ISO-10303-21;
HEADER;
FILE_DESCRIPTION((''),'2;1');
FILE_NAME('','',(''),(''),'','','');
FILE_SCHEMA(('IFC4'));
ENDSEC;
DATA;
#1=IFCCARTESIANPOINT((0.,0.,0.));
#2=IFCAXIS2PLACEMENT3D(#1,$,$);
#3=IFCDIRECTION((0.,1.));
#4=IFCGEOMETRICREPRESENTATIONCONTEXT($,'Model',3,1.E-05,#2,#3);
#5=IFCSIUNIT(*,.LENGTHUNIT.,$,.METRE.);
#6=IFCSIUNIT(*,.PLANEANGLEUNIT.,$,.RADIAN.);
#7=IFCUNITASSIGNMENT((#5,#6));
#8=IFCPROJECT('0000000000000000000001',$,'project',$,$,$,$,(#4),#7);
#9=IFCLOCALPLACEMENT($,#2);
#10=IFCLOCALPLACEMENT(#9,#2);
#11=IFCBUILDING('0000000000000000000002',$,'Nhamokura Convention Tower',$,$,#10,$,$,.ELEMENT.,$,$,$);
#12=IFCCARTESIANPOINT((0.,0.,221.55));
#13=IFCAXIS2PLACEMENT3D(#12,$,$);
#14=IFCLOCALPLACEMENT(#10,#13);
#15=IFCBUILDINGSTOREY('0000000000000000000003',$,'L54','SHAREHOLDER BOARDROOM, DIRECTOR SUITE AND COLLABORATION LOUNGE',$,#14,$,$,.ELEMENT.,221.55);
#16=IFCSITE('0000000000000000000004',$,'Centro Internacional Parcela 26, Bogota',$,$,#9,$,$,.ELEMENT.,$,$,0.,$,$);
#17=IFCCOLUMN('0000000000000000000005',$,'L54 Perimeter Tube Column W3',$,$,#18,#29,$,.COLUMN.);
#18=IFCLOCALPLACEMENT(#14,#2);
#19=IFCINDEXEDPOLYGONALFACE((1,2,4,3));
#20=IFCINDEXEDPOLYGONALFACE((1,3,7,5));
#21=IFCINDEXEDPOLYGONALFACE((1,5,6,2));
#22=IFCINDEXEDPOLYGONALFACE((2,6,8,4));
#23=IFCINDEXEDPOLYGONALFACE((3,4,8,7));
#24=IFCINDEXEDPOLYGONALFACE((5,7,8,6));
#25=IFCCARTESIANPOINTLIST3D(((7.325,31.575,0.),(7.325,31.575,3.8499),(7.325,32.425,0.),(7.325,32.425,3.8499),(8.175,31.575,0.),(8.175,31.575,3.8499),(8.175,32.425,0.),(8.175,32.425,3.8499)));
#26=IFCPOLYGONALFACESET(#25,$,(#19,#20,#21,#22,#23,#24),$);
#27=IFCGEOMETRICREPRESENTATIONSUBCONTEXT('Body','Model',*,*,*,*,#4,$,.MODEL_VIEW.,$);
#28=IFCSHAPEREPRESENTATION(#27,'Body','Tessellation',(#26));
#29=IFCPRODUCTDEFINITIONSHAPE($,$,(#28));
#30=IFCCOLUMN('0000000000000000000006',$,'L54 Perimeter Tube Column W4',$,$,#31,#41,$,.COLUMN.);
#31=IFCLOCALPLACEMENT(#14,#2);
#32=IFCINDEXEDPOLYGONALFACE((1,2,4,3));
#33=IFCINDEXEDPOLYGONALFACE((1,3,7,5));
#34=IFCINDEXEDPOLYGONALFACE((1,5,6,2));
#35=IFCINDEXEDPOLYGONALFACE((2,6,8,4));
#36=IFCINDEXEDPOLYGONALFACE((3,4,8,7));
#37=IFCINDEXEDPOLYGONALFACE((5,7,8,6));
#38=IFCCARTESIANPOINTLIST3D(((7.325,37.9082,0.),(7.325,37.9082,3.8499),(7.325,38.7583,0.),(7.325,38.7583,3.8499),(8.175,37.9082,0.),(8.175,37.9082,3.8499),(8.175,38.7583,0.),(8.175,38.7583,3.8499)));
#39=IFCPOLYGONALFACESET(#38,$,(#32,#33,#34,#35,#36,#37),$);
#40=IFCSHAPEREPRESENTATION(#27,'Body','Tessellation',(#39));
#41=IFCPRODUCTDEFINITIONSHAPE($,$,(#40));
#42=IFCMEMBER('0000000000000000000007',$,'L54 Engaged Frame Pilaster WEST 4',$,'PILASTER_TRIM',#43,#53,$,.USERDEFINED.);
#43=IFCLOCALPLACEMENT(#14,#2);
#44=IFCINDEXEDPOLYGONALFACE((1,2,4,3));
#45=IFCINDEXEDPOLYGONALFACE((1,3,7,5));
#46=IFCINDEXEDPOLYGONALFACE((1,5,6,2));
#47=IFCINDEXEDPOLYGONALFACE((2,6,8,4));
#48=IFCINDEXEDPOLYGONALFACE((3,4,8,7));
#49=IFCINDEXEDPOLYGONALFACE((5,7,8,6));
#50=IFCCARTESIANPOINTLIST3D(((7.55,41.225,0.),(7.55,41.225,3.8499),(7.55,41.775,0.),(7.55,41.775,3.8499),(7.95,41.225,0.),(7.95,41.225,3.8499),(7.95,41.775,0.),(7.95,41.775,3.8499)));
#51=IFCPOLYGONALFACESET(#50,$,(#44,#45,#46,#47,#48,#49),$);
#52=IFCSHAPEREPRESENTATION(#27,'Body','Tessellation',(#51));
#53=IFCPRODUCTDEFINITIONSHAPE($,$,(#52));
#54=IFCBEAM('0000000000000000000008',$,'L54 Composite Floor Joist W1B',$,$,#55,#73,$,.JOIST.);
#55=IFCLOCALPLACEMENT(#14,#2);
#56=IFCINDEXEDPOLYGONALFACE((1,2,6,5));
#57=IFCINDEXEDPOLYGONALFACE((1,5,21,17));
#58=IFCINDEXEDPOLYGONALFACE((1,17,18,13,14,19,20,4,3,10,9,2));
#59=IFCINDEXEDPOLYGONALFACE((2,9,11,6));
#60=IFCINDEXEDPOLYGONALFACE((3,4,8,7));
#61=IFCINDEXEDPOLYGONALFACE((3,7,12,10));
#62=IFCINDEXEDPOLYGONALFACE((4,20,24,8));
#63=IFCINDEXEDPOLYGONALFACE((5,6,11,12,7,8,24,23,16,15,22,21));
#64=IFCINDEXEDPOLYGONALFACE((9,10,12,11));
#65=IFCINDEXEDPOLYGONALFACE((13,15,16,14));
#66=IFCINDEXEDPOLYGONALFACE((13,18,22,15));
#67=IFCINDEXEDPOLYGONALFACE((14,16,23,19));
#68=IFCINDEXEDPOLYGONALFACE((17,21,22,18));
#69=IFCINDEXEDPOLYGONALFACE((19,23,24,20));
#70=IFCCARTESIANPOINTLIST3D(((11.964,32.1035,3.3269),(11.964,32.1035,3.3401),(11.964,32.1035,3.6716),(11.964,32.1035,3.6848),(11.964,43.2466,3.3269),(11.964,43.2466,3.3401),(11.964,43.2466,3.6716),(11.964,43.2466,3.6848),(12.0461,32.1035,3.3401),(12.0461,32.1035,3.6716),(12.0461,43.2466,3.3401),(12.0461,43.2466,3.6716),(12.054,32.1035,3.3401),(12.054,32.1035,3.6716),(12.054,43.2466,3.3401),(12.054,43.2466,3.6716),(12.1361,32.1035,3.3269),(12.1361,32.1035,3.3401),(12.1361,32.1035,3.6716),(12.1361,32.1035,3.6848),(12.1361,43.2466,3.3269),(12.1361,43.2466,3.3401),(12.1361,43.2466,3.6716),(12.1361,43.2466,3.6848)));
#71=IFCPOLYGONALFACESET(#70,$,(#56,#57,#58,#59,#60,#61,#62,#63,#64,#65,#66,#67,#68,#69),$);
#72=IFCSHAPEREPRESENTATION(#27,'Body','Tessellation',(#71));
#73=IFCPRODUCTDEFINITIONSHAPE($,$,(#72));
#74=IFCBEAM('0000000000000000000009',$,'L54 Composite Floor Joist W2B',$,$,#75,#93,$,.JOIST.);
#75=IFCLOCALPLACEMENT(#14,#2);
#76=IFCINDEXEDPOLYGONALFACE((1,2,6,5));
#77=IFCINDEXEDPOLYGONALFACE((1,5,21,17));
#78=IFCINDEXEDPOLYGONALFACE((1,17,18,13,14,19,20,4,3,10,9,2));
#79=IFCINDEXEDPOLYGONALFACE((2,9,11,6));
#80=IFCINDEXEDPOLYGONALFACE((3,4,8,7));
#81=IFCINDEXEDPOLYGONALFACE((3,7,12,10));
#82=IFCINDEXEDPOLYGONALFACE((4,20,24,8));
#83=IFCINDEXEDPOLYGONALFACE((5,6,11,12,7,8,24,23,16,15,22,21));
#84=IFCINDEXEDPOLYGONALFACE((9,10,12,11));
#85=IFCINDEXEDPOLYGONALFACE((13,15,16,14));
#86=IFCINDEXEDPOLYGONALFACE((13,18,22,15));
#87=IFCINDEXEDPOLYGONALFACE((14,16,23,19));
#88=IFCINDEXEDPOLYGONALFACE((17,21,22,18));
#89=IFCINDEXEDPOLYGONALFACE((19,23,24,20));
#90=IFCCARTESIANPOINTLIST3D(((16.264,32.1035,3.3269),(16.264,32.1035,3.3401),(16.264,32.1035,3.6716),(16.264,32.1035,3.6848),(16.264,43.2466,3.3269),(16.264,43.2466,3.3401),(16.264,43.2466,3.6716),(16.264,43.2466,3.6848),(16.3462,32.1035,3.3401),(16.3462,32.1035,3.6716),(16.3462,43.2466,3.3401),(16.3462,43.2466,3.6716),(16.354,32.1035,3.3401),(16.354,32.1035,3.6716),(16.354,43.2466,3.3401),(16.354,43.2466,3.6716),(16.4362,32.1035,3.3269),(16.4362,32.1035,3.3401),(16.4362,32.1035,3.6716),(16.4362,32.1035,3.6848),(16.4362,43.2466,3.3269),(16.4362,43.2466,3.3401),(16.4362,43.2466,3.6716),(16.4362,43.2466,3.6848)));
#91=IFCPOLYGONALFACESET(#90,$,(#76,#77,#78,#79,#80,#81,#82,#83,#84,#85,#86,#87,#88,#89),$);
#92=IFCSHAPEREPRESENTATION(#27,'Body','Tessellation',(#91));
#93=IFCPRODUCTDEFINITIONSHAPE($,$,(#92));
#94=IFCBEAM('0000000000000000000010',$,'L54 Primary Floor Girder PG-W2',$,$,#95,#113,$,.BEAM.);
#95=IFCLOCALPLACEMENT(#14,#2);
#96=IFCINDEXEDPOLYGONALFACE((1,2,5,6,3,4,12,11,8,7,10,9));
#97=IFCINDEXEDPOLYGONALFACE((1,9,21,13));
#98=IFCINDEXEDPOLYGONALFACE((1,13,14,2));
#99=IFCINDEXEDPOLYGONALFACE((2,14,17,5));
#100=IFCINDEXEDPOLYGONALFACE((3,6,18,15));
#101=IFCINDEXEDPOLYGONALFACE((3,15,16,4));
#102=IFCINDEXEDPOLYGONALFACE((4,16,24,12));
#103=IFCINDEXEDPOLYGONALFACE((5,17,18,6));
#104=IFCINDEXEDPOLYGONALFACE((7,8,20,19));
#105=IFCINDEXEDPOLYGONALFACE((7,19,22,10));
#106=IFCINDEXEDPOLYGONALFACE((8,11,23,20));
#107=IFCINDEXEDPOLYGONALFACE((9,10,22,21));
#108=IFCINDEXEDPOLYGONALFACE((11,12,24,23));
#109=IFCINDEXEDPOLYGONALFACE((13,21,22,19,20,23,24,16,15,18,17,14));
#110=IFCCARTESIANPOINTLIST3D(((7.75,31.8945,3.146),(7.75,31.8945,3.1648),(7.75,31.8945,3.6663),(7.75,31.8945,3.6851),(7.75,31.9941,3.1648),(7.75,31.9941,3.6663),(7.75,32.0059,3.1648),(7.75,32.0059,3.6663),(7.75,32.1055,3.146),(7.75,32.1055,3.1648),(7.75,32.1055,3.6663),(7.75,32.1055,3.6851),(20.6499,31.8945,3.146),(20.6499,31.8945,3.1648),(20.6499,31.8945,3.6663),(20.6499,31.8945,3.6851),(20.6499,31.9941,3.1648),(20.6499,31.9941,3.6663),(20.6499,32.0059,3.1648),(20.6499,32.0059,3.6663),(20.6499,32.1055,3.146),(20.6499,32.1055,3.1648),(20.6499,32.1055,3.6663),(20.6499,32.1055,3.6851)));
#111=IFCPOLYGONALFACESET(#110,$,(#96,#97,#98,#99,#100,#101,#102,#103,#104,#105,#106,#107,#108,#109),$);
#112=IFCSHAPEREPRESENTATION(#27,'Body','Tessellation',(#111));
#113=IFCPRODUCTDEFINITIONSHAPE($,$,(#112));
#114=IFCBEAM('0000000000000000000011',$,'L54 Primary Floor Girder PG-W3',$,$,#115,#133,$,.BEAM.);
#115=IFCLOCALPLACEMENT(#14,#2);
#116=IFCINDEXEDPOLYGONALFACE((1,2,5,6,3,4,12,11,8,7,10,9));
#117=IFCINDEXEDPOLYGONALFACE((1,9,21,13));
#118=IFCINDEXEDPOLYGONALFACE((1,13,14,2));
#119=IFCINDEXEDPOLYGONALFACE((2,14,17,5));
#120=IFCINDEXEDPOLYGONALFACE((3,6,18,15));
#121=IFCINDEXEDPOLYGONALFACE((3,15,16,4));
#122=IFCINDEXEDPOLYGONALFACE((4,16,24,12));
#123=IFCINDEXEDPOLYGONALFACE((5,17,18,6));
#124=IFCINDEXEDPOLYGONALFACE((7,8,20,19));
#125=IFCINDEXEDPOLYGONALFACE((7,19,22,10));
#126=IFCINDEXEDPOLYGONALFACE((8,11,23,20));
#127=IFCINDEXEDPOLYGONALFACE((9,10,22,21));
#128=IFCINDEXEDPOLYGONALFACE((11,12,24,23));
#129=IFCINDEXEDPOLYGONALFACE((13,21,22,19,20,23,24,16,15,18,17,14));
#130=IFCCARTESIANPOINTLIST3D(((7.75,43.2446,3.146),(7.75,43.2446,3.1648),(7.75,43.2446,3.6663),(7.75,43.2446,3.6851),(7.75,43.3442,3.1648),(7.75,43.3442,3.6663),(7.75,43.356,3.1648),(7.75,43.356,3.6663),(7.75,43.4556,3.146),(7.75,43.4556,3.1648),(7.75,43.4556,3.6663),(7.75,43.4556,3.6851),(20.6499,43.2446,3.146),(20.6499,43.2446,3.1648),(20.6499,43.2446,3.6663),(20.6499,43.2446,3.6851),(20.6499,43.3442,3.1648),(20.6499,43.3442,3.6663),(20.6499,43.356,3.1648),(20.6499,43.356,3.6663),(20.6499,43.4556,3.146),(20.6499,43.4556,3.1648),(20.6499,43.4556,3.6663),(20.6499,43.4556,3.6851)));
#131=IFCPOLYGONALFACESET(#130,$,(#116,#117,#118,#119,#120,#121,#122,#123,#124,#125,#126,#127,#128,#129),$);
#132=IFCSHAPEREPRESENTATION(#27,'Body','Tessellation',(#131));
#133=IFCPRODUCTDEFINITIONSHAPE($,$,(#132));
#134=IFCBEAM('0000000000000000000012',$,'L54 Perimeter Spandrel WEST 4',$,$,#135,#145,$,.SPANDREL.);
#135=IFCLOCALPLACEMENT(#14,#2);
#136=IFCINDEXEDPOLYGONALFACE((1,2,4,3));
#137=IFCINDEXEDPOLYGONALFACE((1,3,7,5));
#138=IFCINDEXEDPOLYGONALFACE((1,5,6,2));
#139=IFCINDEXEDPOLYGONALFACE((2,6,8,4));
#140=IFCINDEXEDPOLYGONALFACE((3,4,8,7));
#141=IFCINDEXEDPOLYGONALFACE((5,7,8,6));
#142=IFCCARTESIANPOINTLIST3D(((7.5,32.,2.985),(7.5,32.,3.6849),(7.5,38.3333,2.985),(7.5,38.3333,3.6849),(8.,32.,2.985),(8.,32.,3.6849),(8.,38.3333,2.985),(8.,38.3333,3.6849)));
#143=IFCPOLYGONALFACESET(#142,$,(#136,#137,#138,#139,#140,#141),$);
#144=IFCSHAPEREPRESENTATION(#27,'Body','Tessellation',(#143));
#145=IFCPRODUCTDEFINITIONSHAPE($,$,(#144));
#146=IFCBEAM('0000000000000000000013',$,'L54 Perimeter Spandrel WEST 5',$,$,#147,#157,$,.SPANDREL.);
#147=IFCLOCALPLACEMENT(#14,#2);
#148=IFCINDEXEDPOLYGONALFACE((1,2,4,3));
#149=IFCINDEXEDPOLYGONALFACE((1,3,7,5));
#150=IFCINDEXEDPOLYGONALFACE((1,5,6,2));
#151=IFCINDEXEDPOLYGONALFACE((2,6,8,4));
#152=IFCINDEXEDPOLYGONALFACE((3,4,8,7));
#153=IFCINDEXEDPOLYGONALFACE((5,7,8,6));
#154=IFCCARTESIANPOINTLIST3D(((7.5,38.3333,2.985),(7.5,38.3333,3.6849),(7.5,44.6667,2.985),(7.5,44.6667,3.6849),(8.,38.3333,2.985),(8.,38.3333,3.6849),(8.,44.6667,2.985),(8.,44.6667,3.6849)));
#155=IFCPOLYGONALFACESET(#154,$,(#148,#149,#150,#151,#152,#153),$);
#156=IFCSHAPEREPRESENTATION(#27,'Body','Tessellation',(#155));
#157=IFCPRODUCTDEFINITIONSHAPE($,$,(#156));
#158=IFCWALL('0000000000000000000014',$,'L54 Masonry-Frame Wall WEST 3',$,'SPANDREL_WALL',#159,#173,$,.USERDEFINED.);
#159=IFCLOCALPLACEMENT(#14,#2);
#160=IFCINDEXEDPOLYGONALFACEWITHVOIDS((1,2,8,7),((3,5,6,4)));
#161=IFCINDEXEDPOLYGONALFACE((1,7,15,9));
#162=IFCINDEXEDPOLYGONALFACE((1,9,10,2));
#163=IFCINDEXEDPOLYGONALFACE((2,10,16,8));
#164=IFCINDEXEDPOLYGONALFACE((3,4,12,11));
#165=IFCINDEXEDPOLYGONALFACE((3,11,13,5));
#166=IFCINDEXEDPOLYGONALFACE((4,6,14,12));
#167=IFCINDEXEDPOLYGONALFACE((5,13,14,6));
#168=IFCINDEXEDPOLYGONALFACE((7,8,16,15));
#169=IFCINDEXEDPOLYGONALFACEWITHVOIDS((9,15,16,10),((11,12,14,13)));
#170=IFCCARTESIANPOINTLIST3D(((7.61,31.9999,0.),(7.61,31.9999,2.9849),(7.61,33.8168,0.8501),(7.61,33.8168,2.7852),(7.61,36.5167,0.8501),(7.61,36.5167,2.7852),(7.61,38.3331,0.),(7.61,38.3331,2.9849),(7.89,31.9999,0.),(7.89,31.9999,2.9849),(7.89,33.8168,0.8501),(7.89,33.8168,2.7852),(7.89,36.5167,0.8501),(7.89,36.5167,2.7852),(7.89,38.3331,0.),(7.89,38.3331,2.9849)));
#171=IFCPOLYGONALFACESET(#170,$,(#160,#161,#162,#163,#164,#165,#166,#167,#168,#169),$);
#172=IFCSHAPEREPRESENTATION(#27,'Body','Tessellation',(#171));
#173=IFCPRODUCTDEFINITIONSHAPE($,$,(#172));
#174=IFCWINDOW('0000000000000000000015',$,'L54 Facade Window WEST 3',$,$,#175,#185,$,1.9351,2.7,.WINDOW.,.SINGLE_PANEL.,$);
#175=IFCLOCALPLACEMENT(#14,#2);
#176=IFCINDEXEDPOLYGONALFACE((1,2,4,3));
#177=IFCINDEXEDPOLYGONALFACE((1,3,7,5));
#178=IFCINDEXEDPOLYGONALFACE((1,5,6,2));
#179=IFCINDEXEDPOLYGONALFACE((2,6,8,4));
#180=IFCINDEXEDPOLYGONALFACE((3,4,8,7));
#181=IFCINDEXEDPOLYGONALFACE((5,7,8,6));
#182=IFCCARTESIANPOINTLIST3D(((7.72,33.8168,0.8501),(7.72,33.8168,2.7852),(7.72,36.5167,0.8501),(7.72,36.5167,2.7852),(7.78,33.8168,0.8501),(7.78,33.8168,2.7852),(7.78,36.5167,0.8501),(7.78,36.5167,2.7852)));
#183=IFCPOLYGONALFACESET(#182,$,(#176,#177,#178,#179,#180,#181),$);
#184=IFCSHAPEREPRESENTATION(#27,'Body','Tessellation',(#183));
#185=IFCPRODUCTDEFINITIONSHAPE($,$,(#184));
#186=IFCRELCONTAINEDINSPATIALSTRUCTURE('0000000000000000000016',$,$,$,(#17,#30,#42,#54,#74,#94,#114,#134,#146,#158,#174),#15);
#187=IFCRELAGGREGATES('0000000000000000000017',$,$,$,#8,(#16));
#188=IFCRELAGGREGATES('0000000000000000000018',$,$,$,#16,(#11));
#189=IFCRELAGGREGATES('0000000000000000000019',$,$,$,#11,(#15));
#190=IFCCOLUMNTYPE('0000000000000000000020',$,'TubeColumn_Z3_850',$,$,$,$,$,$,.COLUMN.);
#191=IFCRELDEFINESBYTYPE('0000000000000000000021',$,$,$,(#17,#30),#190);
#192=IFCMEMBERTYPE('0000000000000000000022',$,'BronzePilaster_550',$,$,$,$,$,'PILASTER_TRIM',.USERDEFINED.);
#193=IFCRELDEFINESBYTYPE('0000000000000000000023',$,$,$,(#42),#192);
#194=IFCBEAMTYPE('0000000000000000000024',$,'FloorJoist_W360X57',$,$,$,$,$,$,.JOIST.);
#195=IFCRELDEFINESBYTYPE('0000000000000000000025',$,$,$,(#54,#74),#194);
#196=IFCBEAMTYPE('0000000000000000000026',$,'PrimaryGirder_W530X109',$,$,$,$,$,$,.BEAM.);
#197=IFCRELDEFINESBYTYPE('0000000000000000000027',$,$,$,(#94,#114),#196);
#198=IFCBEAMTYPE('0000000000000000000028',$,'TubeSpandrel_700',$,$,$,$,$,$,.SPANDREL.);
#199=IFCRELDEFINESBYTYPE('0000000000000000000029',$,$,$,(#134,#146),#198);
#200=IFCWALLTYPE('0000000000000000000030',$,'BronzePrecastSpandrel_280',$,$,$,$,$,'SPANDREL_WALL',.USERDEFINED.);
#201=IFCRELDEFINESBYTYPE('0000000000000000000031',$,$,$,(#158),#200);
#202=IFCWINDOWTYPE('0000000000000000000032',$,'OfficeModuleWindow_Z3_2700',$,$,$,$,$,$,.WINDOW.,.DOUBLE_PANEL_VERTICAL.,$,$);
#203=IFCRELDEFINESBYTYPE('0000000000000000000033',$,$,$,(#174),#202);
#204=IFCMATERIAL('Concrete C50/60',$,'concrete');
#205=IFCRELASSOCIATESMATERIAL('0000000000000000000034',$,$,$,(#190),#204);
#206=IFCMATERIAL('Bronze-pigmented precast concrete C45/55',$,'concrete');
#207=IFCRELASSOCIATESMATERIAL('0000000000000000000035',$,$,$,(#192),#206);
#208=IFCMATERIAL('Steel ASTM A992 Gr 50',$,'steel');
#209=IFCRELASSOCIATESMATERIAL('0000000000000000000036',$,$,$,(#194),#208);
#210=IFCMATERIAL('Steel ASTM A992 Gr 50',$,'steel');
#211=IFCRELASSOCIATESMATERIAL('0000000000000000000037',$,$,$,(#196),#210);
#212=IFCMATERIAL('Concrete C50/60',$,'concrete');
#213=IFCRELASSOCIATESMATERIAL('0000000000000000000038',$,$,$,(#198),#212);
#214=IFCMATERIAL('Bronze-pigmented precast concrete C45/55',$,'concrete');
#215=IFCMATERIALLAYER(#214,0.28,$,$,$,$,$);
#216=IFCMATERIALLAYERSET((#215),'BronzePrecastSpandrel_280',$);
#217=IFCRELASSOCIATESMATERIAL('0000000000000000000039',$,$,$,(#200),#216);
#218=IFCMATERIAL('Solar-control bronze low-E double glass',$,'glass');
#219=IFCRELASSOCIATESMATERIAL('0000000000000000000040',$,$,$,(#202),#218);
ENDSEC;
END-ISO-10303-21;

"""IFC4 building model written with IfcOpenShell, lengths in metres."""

from ifc_helpers import new_model, si_unit, direction, frame, frame_2d, origin, origin_2d, place, context, subcontext, project, spatial, rectangle, i_section, extrude, material, layer, layer_set, material_profile, profile_set, type_object, element, fill, save


model = new_model("IFC4")

# Units and contexts
model_context = context("Model", 3, precision=1e-05, world=origin(), true_north=direction((0.0, 1.0)))
body_context = subcontext(model_context, "Body", "Model", "MODEL_VIEW")
ifc_project = project(units=[si_unit("LENGTHUNIT", "METRE"), si_unit("PLANEANGLEUNIT", "RADIAN")], contexts=[model_context])

# Site, building, storey
site_placement = place(None, origin())
site = spatial("IfcSite", under=ifc_project, at=site_placement, Name="Centro Internacional Parcela 26, Bogota", CompositionType="ELEMENT", RefElevation=0.0)
building_placement = place(site_placement, origin())
building = spatial("IfcBuilding", under=site, at=building_placement, Name="Nhamokura Convention Tower", CompositionType="ELEMENT")
storey_placement = place(building_placement, frame((0.0, 0.0, 221.55)))
storey = spatial("IfcBuildingStorey", under=building, at=storey_placement, Name="L54", Description="SHAREHOLDER BOARDROOM, DIRECTOR SUITE AND COLLABORATION LOUNGE", CompositionType="ELEMENT", Elevation=221.55)

# Columns
ifc_material_1 = material(Name="Concrete C50/60", Category="concrete")
ifc_material_profile_1 = material_profile(ifc_material_1, rectangle(XDim=0.8501, YDim=0.8501, at=origin_2d()))
ifc_profile_set_1 = profile_set([ifc_material_profile_1], Name="Concrete C50/60")
column_type = type_object("IfcColumnType", Name="TubeColumn_Z3_850", PredefinedType="COLUMN", material=ifc_profile_set_1)
for number, where, z_axis, x_axis, name in (
    (1, (7.75, 32.0, 0.0), (0.0, 0.0, 1.0), (1.0, 0.0, 0.0), "L54 Perimeter Tube Column W3"),
    (2, (7.75, 38.3333, 0.0), (0.0, 0.0, 1.0), (1.0, 0.0, 0.0), "L54 Perimeter Tube Column W4"),
):
    element("IfcColumn", number, at=place(storey_placement, frame(where, z_axis=z_axis, x_axis=x_axis)), inside=storey, type_object=column_type, Name=name, PredefinedType="COLUMN", context=body_context, shape_type="SweptSolid", body=[
        extrude(rectangle(XDim=0.8501, YDim=0.8501, at=origin_2d()), origin(), (0.0, 0.0, 1.0), 3.8499),
    ])

# Member
ifc_material_2 = material(Name="Bronze-pigmented precast concrete C45/55", Category="concrete")
ifc_material_profile_2 = material_profile(ifc_material_2, rectangle(XDim=0.3999, YDim=0.55, at=origin_2d()))
ifc_profile_set_2 = profile_set([ifc_material_profile_2], Name="Bronze-pigmented precast concrete C45/55")
member_type = type_object("IfcMemberType", Name="BronzePilaster_550", ElementType="PILASTER_TRIM", PredefinedType="USERDEFINED", material=ifc_profile_set_2)
member_placement = place(storey_placement, frame((7.75, 41.5, 0.0), z_axis=(0.0, 0.0, 1.0), x_axis=(1.0, 0.0, 0.0)))
element("IfcMember", 3, at=member_placement, inside=storey, type_object=member_type, Name="L54 Engaged Frame Pilaster WEST 4", ObjectType="PILASTER_TRIM", PredefinedType="USERDEFINED", context=body_context, shape_type="SweptSolid", body=[
    extrude(rectangle(XDim=0.3999, YDim=0.55, at=origin_2d()), origin(), (0.0, 0.0, 1.0), 3.8499),
])

# Beams
ifc_material_3 = material(Name="Steel ASTM A992 Gr 50", Category="steel")
ifc_material_profile_3 = material_profile(ifc_material_3, i_section(OverallWidth=0.1721, OverallDepth=0.3579, WebThickness=0.0078, FlangeThickness=0.0132, at=origin_2d()))
ifc_profile_set_3 = profile_set([ifc_material_profile_3], Name="Steel ASTM A992 Gr 50")
beam_type_1 = type_object("IfcBeamType", Name="FloorJoist_W360X57", PredefinedType="JOIST", material=ifc_profile_set_3)
for number, where, z_axis, x_axis, name in (
    (4, (12.05, 32.1035, 3.5059), (0.0, 1.0, 0.0), (-1.0, 0.0, 0.0), "L54 Composite Floor Joist W1B"),
    (5, (16.3501, 32.1035, 3.5059), (0.0, 1.0, 0.0), (-1.0, 0.0, 0.0), "L54 Composite Floor Joist W2B"),
):
    element("IfcBeam", number, at=place(storey_placement, frame(where, z_axis=z_axis, x_axis=x_axis)), inside=storey, type_object=beam_type_1, Name=name, PredefinedType="JOIST", context=body_context, shape_type="SweptSolid", body=[
        extrude(i_section(OverallWidth=0.1721, OverallDepth=0.3579, WebThickness=0.0078, FlangeThickness=0.0132, at=origin_2d()), origin(), (0.0, 0.0, 1.0), 11.1431),
    ])
ifc_material_4 = material(Name="Steel ASTM A992 Gr 50", Category="steel")
ifc_material_profile_4 = material_profile(ifc_material_4, i_section(OverallWidth=0.2109, OverallDepth=0.5391, WebThickness=0.0117, FlangeThickness=0.0188, at=origin_2d()))
ifc_profile_set_4 = profile_set([ifc_material_profile_4], Name="Steel ASTM A992 Gr 50")
beam_type_2 = type_object("IfcBeamType", Name="PrimaryGirder_W530X109", PredefinedType="BEAM", material=ifc_profile_set_4)
for number, where, z_axis, x_axis, name in (
    (6, (7.75, 32.0, 3.4155), (1.0, 0.0, 0.0), (0.0, 1.0, 0.0), "L54 Primary Floor Girder PG-W2"),
    (7, (7.75, 43.3501, 3.4155), (1.0, 0.0, 0.0), (0.0, 1.0, 0.0), "L54 Primary Floor Girder PG-W3"),
):
    element("IfcBeam", number, at=place(storey_placement, frame(where, z_axis=z_axis, x_axis=x_axis)), inside=storey, type_object=beam_type_2, Name=name, PredefinedType="BEAM", context=body_context, shape_type="SweptSolid", body=[
        extrude(i_section(OverallWidth=0.2109, OverallDepth=0.5391, WebThickness=0.0117, FlangeThickness=0.0188, at=origin_2d()), origin(), (0.0, 0.0, 1.0), 12.8999),
    ])
ifc_material_5 = material(Name="Concrete C50/60", Category="concrete")
ifc_material_profile_5 = material_profile(ifc_material_5, rectangle(XDim=0.5, YDim=0.7, at=origin_2d()))
ifc_profile_set_5 = profile_set([ifc_material_profile_5], Name="Concrete C50/60")
beam_type_3 = type_object("IfcBeamType", Name="TubeSpandrel_700", PredefinedType="SPANDREL", material=ifc_profile_set_5)
beam_1_placement = place(storey_placement, frame((7.75, 32.0, 3.335), z_axis=(0.0, 1.0, 0.0), x_axis=(-1.0, 0.0, 0.0)))
element("IfcBeam", 8, at=beam_1_placement, inside=storey, type_object=beam_type_3, Name="L54 Perimeter Spandrel WEST 4", PredefinedType="SPANDREL", context=body_context, shape_type="SweptSolid", body=[
    extrude(rectangle(XDim=0.5, YDim=0.7, at=origin_2d()), origin(), (0.0, 0.0, 1.0), 6.3333),
])
beam_2_placement = place(storey_placement, frame((7.75, 38.3333, 3.335), z_axis=(0.0, 1.0, 0.0), x_axis=(-1.0, 0.0, 0.0)))
element("IfcBeam", 9, at=beam_2_placement, inside=storey, type_object=beam_type_3, Name="L54 Perimeter Spandrel WEST 5", PredefinedType="SPANDREL", context=body_context, shape_type="SweptSolid", body=[
    extrude(rectangle(XDim=0.5, YDim=0.7, at=origin_2d()), origin(), (0.0, 0.0, 1.0), 6.3335),
])

# Wall, opening, window
ifc_material_6 = material(Name="Bronze-pigmented precast concrete C45/55", Category="concrete")
ifc_layer_1 = layer(ifc_material_6, 0.28)
ifc_layer_set_1 = layer_set([ifc_layer_1], Name="BronzePrecastSpandrel_280")
wall_type_1 = type_object("IfcWallType", Name="BronzePrecastSpandrel_280", ElementType="SPANDREL_WALL", PredefinedType="USERDEFINED", material=ifc_layer_set_1)
wall_1_placement = place(storey_placement, frame((7.75, 32.0, 0.0), z_axis=(0.0, 0.0, 1.0), x_axis=(0.0, 1.0, 0.0)))
wall_1 = element("IfcWall", 10, at=wall_1_placement, inside=storey, type_object=wall_type_1, Name="L54 Masonry-Frame Wall WEST 3", ObjectType="SPANDREL_WALL", PredefinedType="USERDEFINED", context=body_context, shape_type="SweptSolid", body=[
    extrude(rectangle(XDim=6.3333, YDim=0.28, at=frame_2d((3.1665, 0.0))), origin(), (0.0, 0.0, 1.0), 2.9849),
])
opening_1_placement = place(wall_1_placement, frame((1.8167, 0.0, 0.8501)))
opening_1 = element("IfcOpeningElement", 11, at=opening_1_placement, cuts=wall_1, PredefinedType="OPENING", context=body_context, shape_type="SweptSolid", body=[
    extrude(rectangle(XDim=2.7, YDim=1.9351, at=frame_2d((1.3501, 0.9675))), frame((0.0, 0.1499, 0.0), z_axis=(0.0, -1.0, 0.0), x_axis=(1.0, 0.0, 0.0)), (0.0, 0.0, 1.0), 0.3),
])
ifc_material_7 = material(Name="Solar-control bronze low-E double glass", Category="glass")
window_type_1 = type_object("IfcWindowType", Name="OfficeModuleWindow_Z3_2700", PartitioningType="DOUBLE_PANEL_VERTICAL", PredefinedType="WINDOW", material=ifc_material_7)
window_1_placement = place(opening_1_placement, origin())
window_1 = element("IfcWindow", 12, at=window_1_placement, inside=storey, type_object=window_type_1, Name="L54 Facade Window WEST 3", OverallHeight=1.9351, OverallWidth=2.7, PartitioningType="SINGLE_PANEL", PredefinedType="WINDOW", context=body_context, shape_type="SweptSolid", body=[
    extrude(rectangle(XDim=2.7, YDim=1.9351, at=frame_2d((1.3501, 0.9675))), frame((0.0, 0.03, 0.0), z_axis=(0.0, -1.0, 0.0), x_axis=(1.0, 0.0, 0.0)), (0.0, 0.0, 1.0), 0.0601),
])
fill(opening_1, window_1)

save(model, "model.ifc")
